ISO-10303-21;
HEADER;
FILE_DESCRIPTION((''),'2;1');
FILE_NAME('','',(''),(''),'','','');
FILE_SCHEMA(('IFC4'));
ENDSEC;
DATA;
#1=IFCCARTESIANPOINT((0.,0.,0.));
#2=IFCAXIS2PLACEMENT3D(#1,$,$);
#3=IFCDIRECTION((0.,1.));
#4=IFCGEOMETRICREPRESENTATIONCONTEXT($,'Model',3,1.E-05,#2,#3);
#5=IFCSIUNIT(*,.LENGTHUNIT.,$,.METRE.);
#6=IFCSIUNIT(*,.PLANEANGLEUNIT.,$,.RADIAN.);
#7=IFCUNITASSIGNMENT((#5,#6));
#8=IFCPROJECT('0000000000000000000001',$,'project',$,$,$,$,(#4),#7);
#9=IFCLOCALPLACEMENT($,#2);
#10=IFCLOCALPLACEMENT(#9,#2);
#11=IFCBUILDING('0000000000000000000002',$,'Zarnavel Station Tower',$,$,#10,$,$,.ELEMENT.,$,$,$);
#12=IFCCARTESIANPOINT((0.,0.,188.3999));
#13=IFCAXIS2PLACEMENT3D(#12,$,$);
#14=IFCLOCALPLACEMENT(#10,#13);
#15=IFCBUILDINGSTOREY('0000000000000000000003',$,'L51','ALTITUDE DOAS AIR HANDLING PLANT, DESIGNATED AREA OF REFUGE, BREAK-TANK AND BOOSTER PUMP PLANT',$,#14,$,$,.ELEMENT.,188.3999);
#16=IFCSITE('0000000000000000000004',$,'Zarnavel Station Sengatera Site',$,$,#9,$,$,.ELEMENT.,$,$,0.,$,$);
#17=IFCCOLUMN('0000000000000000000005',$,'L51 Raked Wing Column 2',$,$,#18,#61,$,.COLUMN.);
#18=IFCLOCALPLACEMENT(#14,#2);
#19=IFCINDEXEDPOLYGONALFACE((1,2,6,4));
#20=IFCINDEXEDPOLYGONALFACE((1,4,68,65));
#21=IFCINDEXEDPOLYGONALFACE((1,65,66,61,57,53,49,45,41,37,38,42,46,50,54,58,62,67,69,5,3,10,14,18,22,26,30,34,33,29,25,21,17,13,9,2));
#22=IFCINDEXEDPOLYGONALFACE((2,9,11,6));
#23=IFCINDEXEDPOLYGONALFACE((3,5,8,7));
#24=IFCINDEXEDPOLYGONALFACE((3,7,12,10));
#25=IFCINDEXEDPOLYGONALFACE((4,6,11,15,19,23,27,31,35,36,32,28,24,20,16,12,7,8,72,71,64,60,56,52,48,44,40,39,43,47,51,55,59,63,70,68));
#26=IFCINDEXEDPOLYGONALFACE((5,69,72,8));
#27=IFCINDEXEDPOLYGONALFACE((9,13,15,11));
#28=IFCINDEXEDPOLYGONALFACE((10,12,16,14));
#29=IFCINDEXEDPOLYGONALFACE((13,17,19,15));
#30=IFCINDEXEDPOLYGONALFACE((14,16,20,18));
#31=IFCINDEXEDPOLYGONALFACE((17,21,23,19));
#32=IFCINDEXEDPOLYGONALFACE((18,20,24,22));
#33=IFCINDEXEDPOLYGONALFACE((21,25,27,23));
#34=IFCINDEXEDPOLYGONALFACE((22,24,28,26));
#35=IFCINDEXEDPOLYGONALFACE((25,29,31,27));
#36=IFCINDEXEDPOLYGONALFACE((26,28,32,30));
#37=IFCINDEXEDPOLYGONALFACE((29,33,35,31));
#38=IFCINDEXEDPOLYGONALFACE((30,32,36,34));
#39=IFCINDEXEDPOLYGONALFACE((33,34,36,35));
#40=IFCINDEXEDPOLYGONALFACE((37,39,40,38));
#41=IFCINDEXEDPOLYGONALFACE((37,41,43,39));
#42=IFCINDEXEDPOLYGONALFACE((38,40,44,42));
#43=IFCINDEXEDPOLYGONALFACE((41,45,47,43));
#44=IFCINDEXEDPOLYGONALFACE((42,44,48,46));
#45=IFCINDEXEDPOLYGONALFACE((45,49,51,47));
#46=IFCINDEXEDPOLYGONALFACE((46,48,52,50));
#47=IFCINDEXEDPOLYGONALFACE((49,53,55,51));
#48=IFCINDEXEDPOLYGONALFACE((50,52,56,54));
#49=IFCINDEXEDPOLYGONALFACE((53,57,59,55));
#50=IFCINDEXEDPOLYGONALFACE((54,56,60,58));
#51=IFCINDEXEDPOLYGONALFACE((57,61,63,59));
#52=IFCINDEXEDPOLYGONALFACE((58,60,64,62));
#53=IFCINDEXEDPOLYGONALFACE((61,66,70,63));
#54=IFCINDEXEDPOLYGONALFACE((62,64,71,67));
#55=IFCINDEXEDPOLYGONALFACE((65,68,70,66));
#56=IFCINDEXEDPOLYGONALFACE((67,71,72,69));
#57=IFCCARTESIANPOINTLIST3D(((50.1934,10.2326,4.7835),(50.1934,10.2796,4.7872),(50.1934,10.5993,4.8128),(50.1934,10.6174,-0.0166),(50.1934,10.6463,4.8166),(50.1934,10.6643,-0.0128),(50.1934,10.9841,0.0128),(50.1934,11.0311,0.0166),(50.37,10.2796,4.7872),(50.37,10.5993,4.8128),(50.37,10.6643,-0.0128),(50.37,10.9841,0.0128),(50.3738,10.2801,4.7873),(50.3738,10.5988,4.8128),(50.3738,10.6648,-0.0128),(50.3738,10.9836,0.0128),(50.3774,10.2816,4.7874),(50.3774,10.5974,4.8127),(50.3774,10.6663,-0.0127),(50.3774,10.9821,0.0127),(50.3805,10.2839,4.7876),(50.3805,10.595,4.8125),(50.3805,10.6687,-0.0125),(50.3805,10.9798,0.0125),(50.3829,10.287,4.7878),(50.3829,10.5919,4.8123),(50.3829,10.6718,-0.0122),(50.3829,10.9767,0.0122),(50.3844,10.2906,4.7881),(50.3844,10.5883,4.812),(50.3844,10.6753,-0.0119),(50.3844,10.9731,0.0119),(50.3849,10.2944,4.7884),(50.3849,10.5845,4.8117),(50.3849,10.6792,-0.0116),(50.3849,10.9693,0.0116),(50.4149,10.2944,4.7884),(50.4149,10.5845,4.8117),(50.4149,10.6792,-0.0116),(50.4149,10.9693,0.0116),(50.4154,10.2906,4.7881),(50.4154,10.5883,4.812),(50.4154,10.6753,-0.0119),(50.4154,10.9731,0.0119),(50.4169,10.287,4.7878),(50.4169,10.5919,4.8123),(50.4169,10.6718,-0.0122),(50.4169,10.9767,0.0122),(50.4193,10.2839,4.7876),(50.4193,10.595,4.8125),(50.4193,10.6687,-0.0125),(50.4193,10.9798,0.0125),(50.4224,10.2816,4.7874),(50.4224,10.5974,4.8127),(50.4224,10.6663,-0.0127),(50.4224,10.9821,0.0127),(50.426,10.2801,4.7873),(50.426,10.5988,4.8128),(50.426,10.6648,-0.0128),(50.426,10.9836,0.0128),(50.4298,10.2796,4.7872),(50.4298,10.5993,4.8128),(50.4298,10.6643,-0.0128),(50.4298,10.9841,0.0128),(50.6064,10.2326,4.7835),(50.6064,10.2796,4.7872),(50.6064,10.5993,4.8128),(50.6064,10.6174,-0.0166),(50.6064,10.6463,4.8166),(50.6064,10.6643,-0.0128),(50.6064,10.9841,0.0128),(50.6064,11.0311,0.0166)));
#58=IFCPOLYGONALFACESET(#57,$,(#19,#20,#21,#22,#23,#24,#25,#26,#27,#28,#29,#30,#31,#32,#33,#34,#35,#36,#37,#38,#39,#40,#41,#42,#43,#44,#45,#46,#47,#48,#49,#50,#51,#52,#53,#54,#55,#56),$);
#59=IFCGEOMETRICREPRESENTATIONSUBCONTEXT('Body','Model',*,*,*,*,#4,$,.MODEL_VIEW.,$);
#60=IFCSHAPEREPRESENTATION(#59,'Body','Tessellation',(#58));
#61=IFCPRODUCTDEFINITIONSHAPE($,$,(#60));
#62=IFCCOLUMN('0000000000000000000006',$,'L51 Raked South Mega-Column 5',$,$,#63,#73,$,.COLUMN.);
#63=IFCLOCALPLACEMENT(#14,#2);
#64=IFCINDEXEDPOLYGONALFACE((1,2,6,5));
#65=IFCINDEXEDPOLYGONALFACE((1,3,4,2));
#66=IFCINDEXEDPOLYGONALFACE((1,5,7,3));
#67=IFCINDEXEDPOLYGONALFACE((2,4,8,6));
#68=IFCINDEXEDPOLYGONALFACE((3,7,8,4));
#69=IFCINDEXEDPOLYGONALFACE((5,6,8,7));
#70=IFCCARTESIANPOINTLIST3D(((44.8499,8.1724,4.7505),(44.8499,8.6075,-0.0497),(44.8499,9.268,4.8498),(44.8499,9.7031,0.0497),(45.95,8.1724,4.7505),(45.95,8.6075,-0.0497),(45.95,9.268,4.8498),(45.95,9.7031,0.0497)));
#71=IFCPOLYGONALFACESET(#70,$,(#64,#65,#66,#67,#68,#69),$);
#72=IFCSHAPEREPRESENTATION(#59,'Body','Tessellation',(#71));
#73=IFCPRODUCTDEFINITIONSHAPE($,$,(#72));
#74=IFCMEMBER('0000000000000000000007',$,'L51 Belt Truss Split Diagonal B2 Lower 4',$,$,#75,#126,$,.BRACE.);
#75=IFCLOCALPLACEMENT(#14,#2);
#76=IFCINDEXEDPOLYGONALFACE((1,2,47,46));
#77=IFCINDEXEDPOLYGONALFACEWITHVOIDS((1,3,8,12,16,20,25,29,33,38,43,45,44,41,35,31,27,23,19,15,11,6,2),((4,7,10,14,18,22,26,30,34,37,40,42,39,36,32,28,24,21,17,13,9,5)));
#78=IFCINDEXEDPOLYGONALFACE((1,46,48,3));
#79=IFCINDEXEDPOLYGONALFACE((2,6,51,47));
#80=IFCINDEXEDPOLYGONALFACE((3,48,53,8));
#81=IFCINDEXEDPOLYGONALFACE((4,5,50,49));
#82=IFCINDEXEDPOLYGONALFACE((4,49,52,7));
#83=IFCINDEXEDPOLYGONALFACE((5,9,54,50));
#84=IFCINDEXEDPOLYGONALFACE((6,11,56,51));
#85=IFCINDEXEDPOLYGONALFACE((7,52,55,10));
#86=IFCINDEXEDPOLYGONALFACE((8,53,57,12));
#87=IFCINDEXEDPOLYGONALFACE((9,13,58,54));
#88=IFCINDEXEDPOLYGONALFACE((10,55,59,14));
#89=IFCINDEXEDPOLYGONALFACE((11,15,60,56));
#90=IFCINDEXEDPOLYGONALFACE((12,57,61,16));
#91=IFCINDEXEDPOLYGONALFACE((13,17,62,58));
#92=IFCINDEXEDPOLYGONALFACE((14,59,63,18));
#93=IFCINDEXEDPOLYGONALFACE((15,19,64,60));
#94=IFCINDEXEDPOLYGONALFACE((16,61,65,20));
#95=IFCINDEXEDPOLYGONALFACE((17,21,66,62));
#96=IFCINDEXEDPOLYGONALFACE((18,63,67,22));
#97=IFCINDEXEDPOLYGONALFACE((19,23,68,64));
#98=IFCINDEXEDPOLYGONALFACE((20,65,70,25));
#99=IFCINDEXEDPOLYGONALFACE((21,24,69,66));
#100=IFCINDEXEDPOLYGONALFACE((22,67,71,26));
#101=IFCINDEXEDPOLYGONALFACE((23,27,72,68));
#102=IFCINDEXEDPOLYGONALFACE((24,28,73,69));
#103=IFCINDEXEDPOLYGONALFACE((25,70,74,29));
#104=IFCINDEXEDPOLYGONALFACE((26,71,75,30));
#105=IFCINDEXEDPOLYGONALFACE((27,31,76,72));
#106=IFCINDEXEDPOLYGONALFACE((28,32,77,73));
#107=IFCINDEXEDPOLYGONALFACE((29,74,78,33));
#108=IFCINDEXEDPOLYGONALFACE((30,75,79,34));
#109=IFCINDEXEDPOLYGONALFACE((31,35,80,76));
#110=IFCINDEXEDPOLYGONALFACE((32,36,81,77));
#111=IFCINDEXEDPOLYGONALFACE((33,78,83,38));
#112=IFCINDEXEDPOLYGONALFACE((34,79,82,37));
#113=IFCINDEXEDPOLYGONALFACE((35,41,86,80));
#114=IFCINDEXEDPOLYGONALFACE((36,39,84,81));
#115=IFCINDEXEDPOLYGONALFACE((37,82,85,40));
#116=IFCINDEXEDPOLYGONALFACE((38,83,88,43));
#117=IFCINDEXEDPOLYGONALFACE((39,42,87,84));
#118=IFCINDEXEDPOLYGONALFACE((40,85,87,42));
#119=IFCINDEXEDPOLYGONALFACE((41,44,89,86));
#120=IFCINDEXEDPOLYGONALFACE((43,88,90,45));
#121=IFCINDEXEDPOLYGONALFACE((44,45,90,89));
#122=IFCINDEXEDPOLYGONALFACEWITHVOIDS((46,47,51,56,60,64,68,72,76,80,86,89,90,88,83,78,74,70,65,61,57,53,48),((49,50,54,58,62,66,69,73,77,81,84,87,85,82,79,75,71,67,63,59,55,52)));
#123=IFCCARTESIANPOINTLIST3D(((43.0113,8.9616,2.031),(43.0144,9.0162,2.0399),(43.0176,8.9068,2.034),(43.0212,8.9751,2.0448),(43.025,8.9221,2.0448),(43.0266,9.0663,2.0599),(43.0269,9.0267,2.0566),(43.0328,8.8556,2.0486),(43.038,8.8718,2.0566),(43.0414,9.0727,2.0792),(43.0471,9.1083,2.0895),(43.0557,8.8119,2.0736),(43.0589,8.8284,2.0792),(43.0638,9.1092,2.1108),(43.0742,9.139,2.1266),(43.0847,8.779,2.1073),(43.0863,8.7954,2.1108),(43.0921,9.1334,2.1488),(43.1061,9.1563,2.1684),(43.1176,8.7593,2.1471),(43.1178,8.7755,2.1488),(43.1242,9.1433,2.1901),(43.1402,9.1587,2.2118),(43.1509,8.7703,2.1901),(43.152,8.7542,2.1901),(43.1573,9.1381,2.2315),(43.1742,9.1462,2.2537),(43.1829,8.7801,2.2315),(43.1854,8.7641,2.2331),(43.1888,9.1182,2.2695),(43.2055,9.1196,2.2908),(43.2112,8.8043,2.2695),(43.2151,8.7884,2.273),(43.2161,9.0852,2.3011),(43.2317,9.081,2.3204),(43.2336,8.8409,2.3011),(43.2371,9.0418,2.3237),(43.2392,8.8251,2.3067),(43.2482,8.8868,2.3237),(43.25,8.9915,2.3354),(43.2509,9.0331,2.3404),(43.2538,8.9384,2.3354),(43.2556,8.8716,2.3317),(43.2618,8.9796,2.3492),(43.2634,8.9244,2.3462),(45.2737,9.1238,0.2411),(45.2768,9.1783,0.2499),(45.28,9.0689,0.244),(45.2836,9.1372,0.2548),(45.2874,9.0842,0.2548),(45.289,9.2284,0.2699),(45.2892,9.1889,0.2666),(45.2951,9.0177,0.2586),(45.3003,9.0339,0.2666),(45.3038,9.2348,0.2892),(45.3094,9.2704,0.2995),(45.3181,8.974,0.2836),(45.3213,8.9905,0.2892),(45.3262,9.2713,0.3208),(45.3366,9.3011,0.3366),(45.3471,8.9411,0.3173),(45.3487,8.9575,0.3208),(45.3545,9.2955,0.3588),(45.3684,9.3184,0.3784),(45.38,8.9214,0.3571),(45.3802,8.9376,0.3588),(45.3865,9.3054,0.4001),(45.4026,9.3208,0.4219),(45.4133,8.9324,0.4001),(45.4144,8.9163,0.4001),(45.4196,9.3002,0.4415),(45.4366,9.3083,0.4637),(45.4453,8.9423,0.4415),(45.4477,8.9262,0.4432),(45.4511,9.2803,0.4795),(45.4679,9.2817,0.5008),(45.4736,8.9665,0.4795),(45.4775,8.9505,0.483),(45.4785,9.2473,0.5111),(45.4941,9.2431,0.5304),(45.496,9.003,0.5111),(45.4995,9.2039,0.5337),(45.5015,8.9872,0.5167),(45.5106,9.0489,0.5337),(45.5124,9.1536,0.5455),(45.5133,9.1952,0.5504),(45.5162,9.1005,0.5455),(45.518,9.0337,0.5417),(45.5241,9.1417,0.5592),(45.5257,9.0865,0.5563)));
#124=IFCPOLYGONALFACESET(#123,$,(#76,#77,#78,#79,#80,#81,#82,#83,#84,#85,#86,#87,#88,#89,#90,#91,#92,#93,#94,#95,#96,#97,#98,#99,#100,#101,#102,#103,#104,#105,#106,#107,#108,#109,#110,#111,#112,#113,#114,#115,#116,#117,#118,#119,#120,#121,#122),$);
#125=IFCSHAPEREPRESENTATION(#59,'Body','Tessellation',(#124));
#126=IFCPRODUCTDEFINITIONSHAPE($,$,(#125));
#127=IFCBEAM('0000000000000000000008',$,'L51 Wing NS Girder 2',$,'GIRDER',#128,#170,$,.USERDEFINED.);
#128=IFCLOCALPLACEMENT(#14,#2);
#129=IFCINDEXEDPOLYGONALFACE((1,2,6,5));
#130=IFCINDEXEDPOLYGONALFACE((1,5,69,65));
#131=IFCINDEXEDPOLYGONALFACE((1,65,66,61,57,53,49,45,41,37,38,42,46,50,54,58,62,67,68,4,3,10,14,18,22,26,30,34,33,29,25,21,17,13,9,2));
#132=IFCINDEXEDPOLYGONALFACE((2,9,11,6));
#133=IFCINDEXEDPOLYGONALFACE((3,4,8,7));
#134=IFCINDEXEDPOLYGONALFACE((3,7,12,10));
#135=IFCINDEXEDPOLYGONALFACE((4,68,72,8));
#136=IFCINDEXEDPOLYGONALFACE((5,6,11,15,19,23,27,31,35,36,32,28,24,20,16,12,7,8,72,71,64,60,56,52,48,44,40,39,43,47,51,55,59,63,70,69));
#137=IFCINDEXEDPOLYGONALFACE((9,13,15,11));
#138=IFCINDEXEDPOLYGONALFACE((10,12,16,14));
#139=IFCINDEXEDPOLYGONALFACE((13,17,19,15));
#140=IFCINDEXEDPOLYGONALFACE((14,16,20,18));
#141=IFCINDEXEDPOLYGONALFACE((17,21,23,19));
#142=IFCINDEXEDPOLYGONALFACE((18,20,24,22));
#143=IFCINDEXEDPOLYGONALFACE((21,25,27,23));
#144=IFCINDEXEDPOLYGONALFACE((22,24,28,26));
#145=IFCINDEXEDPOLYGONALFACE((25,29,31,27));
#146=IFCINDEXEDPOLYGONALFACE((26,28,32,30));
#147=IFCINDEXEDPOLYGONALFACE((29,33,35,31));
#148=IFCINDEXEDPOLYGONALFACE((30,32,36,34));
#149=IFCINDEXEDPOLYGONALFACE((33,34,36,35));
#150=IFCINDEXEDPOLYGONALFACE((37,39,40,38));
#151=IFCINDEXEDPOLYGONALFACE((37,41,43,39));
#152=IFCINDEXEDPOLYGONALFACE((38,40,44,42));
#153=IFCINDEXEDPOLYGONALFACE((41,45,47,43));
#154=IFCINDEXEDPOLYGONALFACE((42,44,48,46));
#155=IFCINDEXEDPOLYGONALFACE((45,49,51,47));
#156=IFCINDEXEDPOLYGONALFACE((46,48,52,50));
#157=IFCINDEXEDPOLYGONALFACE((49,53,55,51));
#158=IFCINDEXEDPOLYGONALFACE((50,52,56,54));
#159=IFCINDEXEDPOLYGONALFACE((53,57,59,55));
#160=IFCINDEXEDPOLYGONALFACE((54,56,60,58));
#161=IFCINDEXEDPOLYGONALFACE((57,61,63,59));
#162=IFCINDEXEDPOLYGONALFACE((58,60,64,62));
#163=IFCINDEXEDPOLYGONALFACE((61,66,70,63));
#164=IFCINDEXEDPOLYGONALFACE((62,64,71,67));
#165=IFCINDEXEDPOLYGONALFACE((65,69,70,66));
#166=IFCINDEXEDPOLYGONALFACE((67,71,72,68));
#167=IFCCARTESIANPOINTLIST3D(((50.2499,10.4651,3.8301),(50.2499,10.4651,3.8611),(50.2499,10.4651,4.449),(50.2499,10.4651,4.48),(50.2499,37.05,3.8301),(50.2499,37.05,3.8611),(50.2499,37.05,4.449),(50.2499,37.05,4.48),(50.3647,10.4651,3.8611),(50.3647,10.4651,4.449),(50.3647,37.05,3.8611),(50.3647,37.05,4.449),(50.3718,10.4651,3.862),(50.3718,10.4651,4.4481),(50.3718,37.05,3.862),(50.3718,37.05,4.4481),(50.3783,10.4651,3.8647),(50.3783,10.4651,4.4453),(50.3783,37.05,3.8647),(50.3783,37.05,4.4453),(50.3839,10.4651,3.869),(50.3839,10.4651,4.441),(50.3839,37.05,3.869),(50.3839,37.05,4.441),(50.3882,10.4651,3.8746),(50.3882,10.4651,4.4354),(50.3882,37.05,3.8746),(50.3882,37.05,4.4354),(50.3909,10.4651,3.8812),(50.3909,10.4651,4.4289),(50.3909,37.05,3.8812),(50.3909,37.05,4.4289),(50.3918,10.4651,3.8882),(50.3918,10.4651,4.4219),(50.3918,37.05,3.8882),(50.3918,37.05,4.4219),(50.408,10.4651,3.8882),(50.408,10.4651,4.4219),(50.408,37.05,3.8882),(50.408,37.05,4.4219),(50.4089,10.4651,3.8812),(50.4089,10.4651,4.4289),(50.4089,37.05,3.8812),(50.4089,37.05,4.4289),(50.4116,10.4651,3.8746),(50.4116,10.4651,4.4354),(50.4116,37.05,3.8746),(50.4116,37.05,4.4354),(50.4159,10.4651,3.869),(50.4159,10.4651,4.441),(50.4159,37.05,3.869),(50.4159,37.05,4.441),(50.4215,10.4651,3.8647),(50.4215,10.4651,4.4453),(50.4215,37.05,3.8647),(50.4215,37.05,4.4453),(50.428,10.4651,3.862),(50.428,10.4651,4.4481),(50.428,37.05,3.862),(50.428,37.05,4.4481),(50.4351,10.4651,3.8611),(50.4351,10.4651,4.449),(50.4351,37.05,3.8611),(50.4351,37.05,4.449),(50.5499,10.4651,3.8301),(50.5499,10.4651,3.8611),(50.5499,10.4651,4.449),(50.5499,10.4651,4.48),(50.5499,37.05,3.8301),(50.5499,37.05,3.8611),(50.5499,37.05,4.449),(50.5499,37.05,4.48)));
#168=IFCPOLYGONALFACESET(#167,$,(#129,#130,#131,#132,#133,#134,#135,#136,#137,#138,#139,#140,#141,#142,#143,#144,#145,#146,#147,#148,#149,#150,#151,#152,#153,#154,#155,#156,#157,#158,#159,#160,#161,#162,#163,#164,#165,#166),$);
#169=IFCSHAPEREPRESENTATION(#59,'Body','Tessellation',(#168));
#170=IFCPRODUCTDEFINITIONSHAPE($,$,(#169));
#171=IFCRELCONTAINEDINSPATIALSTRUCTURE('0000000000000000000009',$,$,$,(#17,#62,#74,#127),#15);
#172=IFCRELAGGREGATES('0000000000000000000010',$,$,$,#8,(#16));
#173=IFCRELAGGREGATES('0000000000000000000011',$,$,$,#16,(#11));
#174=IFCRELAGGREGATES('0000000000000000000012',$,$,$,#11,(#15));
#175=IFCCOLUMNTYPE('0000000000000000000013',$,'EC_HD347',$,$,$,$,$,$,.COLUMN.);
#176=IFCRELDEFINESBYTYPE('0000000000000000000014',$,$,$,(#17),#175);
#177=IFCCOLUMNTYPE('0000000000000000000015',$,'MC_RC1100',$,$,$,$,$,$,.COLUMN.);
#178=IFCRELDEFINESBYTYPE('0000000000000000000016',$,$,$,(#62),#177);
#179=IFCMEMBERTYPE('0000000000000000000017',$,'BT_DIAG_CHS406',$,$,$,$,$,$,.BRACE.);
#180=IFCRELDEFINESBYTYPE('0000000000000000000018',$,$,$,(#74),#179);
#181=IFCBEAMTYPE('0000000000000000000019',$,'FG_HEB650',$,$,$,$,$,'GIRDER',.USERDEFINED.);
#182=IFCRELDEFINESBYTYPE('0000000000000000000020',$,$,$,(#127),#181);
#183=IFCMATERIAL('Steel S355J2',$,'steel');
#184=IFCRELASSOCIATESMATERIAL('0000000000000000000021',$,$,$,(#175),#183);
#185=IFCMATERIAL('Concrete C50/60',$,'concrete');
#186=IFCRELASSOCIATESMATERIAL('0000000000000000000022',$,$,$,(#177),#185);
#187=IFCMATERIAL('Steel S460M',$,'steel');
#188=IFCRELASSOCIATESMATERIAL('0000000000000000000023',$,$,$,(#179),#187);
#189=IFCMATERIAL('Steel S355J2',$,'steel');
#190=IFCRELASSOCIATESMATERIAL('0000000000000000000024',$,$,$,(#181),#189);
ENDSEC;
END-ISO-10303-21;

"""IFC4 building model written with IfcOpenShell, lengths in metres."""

from ifc_helpers import new_model, si_unit, direction, frame, origin, origin_2d, place, context, subcontext, project, spatial, rectangle, hollow_circle, i_section, extrude, material, material_profile, profile_set, type_object, element, save


model = new_model("IFC4")

# Units and contexts
model_context = context("Model", 3, precision=1e-05, world=origin(), true_north=direction((0.0, 1.0)))
body_context = subcontext(model_context, "Body", "Model", "MODEL_VIEW")
ifc_project = project(units=[si_unit("LENGTHUNIT", "METRE"), si_unit("PLANEANGLEUNIT", "RADIAN")], contexts=[model_context])

# Site, building, storey
site_placement = place(None, origin())
site = spatial("IfcSite", under=ifc_project, at=site_placement, Name="Zarnavel Station Sengatera Site", CompositionType="ELEMENT", RefElevation=0.0)
building_placement = place(site_placement, origin())
building = spatial("IfcBuilding", under=site, at=building_placement, Name="Zarnavel Station Tower", CompositionType="ELEMENT")
storey_placement = place(building_placement, frame((0.0, 0.0, 188.3999)))
storey = spatial("IfcBuildingStorey", under=building, at=storey_placement, Name="L51", Description="ALTITUDE DOAS AIR HANDLING PLANT, DESIGNATED AREA OF REFUGE, BREAK-TANK AND BOOSTER PUMP PLANT", CompositionType="ELEMENT", Elevation=188.3999)

# Columns
ifc_material_1 = material(Name="Steel S355J2", Category="steel")
ifc_material_profile_1 = material_profile(ifc_material_1, i_section(OverallWidth=0.4131, OverallDepth=0.415, WebThickness=0.03, FlangeThickness=0.0471, FilletRadius=0.0149, at=origin_2d()), Name="HD400x347")
ifc_profile_set_1 = profile_set([ifc_material_profile_1], Name="Steel S355J2")
column_type_1 = type_object("IfcColumnType", Name="EC_HD347", PredefinedType="COLUMN", material=ifc_profile_set_1)
column_1_placement = place(storey_placement, frame((50.3999, 10.8242, 0.0), z_axis=(0.0, -0.079902, 0.996803), x_axis=(1.0, 0.0, 0.0)))
element("IfcColumn", 1, at=column_1_placement, inside=storey, type_object=column_type_1, Name="L51 Raked Wing Column 2", PredefinedType="COLUMN", context=body_context, shape_type="SweptSolid", body=[
    extrude(i_section(OverallWidth=0.4131, OverallDepth=0.415, WebThickness=0.03, FlangeThickness=0.0471, FilletRadius=0.0149, at=origin_2d()), origin(), (0.0, 0.0, 1.0), 4.8154),
])
ifc_material_2 = material(Name="Concrete C50/60", Category="concrete")
ifc_material_profile_2 = material_profile(ifc_material_2, rectangle(XDim=1.1001, YDim=1.1001, at=origin_2d()), Name="RC1100x1100")
ifc_profile_set_2 = profile_set([ifc_material_profile_2], Name="Concrete C50/60")
column_type_2 = type_object("IfcColumnType", Name="MC_RC1100", PredefinedType="COLUMN", material=ifc_profile_set_2)
column_2_placement = place(storey_placement, frame((45.3999, 9.1553, 0.0), z_axis=(0.0, -0.090266, 0.995918), x_axis=(1.0, 0.0, 0.0)))
element("IfcColumn", 2, at=column_2_placement, inside=storey, type_object=column_type_2, Name="L51 Raked South Mega-Column 5", PredefinedType="COLUMN", context=body_context, shape_type="SweptSolid", body=[
    extrude(rectangle(XDim=1.1001, YDim=1.1001, at=origin_2d()), origin(), (0.0, 0.0, 1.0), 4.8198),
])

# Member
ifc_material_3 = material(Name="Steel S460M", Category="steel")
ifc_material_profile_3 = material_profile(ifc_material_3, hollow_circle(Radius=0.2031, WallThickness=0.0161, at=origin_2d()), Name="CHS406.4x16")
ifc_profile_set_3 = profile_set([ifc_material_profile_3], Name="Steel S460M")
member_type_1 = type_object("IfcMemberType", Name="BT_DIAG_CHS406", PredefinedType="BRACE", material=ifc_profile_set_3)
member_1_placement = place(storey_placement, frame((45.3999, 9.1189, 0.4001), z_axis=(-0.782991, -0.056103, 0.619498), x_axis=(0.071469, -0.997443, 0.0)))
element("IfcMember", 3, at=member_1_placement, inside=storey, type_object=member_type_1, Name="L51 Belt Truss Split Diagonal B2 Lower 4", PredefinedType="BRACE", context=body_context, shape_type="SweptSolid", body=[
    extrude(hollow_circle(Radius=0.2031, WallThickness=0.0161, at=origin_2d()), origin(), (0.0, 0.0, 1.0), 2.8894),
])

# Beam
ifc_material_4 = material(Name="Steel S355J2", Category="steel")
ifc_material_profile_4 = material_profile(ifc_material_4, i_section(OverallWidth=0.3, OverallDepth=0.6499, WebThickness=0.0161, FlangeThickness=0.031, FilletRadius=0.0271, at=origin_2d()), Name="HEB650")
ifc_profile_set_4 = profile_set([ifc_material_profile_4], Name="Steel S355J2")
beam_type_1 = type_object("IfcBeamType", Name="FG_HEB650", ElementType="GIRDER", PredefinedType="USERDEFINED", material=ifc_profile_set_4)
beam_placement = place(storey_placement, frame((50.3999, 10.4651, 4.155), z_axis=(0.0, 1.0, 0.0), x_axis=(-1.0, 0.0, 0.0)))
element("IfcBeam", 4, at=beam_placement, inside=storey, type_object=beam_type_1, Name="L51 Wing NS Girder 2", ObjectType="GIRDER", PredefinedType="USERDEFINED", context=body_context, shape_type="SweptSolid", body=[
    extrude(i_section(OverallWidth=0.3, OverallDepth=0.6499, WebThickness=0.0161, FlangeThickness=0.031, FilletRadius=0.0271, at=origin_2d()), origin(), (0.0, 0.0, 1.0), 26.585),
])

save(model, "model.ifc")
